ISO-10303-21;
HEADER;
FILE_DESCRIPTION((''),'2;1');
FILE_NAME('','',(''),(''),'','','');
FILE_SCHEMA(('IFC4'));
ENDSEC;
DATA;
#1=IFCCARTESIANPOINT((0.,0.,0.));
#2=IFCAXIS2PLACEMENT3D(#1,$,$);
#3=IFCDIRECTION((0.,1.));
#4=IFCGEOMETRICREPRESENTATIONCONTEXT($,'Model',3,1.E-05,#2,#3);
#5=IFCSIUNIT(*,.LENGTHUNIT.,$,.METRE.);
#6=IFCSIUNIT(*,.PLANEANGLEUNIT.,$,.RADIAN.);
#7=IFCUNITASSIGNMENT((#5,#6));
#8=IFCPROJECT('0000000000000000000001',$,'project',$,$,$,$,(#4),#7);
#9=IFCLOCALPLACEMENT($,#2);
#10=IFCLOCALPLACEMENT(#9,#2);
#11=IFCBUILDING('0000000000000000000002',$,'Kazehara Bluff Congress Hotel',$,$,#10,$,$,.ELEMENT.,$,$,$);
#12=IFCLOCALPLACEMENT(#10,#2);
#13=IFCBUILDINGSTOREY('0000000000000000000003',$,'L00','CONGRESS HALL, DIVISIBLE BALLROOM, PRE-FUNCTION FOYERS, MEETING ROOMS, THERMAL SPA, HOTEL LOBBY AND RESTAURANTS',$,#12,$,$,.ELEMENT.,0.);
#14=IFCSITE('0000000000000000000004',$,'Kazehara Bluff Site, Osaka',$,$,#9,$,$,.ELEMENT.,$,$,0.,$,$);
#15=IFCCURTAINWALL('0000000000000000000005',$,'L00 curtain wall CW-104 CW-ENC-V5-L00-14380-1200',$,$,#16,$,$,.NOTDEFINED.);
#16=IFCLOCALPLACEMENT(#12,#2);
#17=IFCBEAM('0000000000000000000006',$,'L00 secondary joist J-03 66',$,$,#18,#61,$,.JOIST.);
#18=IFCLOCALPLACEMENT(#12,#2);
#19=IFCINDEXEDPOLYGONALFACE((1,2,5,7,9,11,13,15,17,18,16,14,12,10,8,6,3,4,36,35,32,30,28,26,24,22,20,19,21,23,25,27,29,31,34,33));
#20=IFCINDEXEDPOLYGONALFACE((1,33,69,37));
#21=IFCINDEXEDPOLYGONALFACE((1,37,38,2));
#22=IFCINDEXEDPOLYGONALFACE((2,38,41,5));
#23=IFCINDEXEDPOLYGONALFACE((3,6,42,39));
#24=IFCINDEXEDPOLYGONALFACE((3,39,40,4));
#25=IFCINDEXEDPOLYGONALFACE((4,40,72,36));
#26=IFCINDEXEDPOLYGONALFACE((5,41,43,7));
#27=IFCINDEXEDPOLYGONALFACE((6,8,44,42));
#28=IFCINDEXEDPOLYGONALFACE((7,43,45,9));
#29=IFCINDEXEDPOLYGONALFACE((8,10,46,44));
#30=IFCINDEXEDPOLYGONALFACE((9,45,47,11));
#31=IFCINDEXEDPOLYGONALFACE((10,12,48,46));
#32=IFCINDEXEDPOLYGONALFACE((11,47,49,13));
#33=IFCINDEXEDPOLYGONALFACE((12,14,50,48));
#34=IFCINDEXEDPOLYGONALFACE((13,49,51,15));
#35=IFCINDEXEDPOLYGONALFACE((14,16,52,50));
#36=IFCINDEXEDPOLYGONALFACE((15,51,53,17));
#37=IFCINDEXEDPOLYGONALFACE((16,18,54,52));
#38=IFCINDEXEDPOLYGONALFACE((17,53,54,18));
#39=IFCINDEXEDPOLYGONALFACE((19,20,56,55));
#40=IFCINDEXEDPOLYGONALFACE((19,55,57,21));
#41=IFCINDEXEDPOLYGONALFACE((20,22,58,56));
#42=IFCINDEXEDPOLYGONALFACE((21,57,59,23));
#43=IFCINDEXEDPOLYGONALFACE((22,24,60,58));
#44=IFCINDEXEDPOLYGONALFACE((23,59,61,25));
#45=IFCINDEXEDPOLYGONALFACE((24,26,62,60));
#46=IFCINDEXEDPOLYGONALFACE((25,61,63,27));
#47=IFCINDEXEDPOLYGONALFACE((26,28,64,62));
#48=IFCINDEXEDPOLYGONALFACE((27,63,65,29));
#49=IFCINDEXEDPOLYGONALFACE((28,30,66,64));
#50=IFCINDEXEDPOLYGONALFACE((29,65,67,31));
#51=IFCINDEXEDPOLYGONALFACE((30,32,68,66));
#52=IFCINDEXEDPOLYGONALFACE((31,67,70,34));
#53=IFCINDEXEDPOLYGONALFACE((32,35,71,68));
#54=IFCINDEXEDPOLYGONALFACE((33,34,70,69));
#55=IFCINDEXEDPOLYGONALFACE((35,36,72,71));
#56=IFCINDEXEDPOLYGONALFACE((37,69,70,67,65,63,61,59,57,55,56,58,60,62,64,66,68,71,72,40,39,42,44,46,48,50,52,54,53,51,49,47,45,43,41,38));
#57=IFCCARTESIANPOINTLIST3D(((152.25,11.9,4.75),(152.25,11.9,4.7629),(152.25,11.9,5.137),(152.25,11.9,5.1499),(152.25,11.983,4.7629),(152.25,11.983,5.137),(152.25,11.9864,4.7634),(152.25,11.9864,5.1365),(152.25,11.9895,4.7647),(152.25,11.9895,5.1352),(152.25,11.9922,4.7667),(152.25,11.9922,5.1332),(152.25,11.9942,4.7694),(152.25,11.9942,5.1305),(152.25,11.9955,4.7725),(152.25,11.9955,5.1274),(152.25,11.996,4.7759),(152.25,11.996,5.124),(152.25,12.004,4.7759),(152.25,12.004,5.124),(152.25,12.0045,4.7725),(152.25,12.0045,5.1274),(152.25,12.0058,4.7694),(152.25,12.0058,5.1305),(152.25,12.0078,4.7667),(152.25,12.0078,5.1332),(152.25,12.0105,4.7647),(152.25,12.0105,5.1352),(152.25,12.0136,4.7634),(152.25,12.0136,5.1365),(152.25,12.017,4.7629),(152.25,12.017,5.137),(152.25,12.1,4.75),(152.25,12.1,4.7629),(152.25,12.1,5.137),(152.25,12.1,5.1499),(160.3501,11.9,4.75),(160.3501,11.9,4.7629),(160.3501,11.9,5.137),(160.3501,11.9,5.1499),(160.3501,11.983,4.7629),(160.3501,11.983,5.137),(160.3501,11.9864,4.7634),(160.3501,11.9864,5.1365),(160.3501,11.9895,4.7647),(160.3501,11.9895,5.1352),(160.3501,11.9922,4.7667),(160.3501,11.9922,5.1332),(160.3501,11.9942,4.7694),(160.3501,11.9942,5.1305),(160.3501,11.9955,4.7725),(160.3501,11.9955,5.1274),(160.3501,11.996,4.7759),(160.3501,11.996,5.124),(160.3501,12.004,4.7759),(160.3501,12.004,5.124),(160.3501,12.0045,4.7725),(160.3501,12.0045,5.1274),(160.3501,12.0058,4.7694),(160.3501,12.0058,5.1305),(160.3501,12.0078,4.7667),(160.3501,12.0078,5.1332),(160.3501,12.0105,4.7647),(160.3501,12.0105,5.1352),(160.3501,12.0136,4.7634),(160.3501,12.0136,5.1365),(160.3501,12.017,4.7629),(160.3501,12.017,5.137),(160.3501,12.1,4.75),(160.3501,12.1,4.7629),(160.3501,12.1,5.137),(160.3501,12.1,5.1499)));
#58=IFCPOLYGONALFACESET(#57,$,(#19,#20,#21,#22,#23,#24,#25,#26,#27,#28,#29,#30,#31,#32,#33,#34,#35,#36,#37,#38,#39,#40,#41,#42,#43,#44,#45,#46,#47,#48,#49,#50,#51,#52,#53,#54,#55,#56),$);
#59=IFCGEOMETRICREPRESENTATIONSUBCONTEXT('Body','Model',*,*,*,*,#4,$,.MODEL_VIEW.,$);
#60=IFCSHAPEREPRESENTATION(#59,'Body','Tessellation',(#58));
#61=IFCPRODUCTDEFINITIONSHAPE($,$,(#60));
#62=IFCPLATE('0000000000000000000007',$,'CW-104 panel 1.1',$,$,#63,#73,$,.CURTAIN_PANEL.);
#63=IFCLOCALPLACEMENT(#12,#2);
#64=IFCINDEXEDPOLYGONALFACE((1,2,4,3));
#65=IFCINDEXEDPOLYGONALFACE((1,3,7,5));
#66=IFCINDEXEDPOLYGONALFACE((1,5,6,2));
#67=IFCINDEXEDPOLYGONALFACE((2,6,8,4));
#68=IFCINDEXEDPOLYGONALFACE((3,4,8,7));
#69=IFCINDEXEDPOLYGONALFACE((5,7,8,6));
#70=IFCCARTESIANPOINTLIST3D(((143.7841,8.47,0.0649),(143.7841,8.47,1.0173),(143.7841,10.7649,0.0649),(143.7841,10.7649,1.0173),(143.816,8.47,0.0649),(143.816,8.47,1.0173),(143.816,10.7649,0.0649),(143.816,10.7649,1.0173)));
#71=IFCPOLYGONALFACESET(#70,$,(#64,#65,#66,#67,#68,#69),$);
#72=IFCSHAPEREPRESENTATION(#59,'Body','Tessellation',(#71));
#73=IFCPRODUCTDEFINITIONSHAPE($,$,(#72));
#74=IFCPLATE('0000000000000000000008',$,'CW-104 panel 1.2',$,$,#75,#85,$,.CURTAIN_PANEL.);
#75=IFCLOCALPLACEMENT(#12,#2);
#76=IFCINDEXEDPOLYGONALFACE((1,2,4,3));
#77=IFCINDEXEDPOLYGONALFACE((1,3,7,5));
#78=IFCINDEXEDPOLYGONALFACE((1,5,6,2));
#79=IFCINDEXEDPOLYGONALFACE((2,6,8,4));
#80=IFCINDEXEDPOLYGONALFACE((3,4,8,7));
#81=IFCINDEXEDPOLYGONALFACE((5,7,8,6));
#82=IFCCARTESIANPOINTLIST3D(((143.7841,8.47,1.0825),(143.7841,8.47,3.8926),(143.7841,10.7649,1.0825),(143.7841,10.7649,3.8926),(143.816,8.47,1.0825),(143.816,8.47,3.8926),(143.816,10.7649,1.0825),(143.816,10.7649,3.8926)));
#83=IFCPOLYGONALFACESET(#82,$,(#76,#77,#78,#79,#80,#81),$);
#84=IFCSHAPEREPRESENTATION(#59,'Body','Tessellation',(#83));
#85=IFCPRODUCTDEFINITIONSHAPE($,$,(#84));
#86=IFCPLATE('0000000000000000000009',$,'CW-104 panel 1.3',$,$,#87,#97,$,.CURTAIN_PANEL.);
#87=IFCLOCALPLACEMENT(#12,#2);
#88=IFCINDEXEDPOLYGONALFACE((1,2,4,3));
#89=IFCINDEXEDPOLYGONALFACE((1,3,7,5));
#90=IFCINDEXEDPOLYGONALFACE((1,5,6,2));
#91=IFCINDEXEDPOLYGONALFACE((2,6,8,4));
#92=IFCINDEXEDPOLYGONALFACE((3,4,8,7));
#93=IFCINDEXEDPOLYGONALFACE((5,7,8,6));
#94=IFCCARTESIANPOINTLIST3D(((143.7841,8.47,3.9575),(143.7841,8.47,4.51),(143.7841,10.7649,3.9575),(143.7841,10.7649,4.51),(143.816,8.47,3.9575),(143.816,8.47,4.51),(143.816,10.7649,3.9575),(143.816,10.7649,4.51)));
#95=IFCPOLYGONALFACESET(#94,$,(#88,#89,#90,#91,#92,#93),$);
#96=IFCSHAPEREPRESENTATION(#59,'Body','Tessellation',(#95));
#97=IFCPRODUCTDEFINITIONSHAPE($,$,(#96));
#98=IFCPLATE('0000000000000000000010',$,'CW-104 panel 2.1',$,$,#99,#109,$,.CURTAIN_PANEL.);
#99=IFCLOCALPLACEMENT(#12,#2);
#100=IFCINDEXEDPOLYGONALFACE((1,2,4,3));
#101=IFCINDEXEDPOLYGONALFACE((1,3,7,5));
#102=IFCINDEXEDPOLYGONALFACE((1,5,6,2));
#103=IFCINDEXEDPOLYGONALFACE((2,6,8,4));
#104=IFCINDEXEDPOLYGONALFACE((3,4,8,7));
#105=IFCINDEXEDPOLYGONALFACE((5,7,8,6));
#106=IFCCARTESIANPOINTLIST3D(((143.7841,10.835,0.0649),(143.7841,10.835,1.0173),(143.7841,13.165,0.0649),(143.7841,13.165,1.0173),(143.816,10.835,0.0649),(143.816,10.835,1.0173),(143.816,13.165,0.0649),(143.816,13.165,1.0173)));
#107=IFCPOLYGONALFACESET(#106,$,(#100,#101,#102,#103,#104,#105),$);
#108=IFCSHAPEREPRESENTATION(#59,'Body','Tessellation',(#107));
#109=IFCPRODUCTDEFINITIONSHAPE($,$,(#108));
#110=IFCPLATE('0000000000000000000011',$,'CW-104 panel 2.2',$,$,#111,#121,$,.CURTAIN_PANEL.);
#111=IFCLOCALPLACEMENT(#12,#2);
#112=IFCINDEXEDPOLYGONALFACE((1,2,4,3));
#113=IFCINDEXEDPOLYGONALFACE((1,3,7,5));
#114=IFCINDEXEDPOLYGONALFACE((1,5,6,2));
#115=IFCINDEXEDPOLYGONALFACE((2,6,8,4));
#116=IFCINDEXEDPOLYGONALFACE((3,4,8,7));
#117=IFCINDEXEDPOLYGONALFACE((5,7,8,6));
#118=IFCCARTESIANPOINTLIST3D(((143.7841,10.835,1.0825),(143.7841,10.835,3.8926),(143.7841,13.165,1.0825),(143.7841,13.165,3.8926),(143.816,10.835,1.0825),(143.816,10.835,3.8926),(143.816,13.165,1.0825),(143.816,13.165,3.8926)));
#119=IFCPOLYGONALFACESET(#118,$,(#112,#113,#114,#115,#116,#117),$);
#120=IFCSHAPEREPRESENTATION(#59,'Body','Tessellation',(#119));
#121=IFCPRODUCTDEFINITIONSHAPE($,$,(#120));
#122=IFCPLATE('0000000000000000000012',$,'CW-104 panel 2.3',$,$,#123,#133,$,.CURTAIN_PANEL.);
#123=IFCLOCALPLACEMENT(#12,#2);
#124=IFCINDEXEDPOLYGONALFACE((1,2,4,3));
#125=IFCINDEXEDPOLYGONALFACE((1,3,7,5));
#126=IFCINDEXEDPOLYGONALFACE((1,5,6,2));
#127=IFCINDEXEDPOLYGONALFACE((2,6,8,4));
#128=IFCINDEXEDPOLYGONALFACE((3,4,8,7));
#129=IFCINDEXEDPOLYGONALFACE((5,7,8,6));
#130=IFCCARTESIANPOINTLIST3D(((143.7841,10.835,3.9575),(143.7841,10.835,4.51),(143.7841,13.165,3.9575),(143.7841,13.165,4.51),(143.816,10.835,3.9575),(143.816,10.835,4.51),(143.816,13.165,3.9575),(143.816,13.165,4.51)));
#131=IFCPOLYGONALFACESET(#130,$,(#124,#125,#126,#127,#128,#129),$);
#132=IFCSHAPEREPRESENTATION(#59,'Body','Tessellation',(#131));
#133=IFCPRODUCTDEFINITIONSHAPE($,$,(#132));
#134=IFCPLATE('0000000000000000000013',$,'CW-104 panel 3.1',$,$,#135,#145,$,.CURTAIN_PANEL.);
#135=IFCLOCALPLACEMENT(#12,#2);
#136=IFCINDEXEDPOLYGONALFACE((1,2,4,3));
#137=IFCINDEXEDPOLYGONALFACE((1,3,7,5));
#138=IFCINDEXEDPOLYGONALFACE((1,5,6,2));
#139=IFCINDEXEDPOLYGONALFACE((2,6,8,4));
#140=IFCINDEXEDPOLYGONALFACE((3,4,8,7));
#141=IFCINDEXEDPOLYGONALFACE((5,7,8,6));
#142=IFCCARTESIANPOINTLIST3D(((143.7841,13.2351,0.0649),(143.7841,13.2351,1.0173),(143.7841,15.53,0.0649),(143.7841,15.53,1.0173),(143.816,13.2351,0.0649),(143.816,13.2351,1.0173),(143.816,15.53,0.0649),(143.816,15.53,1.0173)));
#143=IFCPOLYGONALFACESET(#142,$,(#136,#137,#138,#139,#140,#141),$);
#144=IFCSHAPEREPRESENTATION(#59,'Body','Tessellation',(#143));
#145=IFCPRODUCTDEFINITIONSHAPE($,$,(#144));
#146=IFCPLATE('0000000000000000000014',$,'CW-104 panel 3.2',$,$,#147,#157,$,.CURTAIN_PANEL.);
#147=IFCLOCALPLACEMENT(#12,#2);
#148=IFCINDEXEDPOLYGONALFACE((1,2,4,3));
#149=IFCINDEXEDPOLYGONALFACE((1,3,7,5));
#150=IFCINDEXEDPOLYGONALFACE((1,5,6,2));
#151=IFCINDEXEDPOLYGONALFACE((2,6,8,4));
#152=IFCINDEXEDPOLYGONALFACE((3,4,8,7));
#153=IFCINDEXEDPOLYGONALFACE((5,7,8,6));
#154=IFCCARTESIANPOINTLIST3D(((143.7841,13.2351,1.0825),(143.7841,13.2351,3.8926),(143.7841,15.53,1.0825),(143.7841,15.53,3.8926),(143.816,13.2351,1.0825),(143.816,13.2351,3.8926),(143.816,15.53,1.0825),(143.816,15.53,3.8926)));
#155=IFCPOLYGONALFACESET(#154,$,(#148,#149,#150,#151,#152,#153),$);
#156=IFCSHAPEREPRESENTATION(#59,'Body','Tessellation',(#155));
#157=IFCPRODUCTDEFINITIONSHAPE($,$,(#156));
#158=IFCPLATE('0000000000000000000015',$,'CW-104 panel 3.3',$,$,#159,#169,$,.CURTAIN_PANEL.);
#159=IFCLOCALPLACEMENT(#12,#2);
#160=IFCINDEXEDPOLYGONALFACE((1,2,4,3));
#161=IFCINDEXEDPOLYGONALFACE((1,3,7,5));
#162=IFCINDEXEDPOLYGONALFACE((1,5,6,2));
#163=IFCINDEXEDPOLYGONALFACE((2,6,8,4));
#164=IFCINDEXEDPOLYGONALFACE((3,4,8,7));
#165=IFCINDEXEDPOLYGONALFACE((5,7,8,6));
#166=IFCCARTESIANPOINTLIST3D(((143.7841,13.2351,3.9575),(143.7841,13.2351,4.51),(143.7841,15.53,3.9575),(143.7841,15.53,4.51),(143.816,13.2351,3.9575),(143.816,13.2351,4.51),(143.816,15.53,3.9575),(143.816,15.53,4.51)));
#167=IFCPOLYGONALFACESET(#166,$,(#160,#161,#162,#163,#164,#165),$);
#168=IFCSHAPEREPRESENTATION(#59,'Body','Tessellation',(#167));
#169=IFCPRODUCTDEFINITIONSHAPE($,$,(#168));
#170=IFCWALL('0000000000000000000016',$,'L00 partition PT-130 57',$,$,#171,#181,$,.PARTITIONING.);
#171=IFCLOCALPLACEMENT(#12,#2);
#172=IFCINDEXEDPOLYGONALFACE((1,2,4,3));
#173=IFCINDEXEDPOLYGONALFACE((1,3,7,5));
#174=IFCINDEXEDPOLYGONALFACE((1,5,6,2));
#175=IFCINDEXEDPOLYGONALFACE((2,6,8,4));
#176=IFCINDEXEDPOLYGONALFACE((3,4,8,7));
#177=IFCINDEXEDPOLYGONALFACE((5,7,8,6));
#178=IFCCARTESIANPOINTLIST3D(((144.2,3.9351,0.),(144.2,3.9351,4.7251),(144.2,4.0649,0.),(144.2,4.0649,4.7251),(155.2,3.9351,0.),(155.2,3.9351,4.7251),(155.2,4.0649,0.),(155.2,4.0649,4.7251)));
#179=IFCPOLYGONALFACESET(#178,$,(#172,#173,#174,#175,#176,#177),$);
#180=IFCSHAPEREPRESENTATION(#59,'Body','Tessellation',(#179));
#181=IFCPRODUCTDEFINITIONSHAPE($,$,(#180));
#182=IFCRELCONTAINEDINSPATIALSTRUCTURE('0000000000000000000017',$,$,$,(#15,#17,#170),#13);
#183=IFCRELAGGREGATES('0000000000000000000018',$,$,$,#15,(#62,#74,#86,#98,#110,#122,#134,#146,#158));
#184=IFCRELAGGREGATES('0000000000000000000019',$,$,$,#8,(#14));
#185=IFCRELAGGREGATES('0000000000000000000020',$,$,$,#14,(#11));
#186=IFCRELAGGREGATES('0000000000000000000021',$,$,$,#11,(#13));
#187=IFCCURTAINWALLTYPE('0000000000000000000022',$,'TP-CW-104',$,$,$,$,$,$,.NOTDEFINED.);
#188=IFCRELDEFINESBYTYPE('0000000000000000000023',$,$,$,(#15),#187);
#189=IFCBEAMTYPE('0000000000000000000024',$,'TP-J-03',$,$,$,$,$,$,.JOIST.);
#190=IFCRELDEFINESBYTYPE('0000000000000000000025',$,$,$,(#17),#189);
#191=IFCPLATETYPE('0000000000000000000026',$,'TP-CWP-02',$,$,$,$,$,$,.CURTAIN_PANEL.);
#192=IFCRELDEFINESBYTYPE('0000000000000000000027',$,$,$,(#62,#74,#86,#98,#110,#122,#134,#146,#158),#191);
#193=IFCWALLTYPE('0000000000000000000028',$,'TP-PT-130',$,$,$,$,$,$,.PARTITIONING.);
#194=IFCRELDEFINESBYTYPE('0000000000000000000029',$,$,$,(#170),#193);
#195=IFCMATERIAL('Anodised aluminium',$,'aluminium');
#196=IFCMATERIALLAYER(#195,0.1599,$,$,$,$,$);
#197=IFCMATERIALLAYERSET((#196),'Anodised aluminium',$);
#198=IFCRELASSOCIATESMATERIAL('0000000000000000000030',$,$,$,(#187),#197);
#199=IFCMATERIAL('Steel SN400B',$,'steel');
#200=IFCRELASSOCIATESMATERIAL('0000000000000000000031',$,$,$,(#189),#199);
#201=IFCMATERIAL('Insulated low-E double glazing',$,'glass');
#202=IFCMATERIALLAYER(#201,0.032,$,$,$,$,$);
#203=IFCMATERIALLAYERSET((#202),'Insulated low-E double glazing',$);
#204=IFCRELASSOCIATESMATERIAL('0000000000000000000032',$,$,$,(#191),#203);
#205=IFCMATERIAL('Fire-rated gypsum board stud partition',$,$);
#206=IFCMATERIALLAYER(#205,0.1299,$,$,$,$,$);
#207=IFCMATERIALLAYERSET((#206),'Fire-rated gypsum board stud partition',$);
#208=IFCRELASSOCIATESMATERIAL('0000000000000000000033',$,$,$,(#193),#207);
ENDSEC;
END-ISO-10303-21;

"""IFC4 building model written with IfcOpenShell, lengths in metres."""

from ifc_helpers import new_model, si_unit, direction, frame, frame_2d, origin, origin_2d, place, context, subcontext, project, spatial, rectangle, i_section, extrude, material, layer, layer_set, material_profile, profile_set, type_object, element, aggregate, save


model = new_model("IFC4")

# Units and contexts
model_context = context("Model", 3, precision=1e-05, world=origin(), true_north=direction((0.0, 1.0)))
body_context = subcontext(model_context, "Body", "Model", "MODEL_VIEW")
ifc_project = project(units=[si_unit("LENGTHUNIT", "METRE"), si_unit("PLANEANGLEUNIT", "RADIAN")], contexts=[model_context])

# Site, building, storey
site_placement = place(None, origin())
site = spatial("IfcSite", under=ifc_project, at=site_placement, Name="Kazehara Bluff Site, Osaka", CompositionType="ELEMENT", RefElevation=0.0)
building_placement = place(site_placement, origin())
building = spatial("IfcBuilding", under=site, at=building_placement, Name="Kazehara Bluff Congress Hotel", CompositionType="ELEMENT")
storey_placement = place(building_placement, origin())
storey = spatial("IfcBuildingStorey", under=building, at=storey_placement, Name="L00", Description="CONGRESS HALL, DIVISIBLE BALLROOM, PRE-FUNCTION FOYERS, MEETING ROOMS, THERMAL SPA, HOTEL LOBBY AND RESTAURANTS", CompositionType="ELEMENT", Elevation=0.0)

# Curtain wall
ifc_material_1 = material(Name="Anodised aluminium", Category="aluminium")
ifc_layer_1 = layer(ifc_material_1, 0.1599)
ifc_layer_set_1 = layer_set([ifc_layer_1], Name="Anodised aluminium")
curtain_wall_type = type_object("IfcCurtainWallType", Name="TP-CW-104", PredefinedType="NOTDEFINED", material=ifc_layer_set_1)
curtain_wall_placement = place(storey_placement, origin())
curtain_wall = element("IfcCurtainWall", 1, at=curtain_wall_placement, inside=storey, type_object=curtain_wall_type, Name="L00 curtain wall CW-104 CW-ENC-V5-L00-14380-1200", PredefinedType="NOTDEFINED")

# Beam
ifc_material_2 = material(Name="Steel SN400B", Category="steel")
ifc_material_profile_1 = material_profile(ifc_material_2, i_section(OverallWidth=0.2, OverallDepth=0.3999, WebThickness=0.0081, FlangeThickness=0.0129, FilletRadius=0.0129, at=origin_2d()))
ifc_profile_set_1 = profile_set([ifc_material_profile_1], Name="Steel SN400B")
beam_type_1 = type_object("IfcBeamType", Name="TP-J-03", PredefinedType="JOIST", material=ifc_profile_set_1)
for number, where, z_axis, x_axis, name in (
    (2, (152.25, 12.0, 4.95), (1.0, 0.0, 0.0), (0.0, 1.0, 0.0), "L00 secondary joist J-03 66"),
):
    element("IfcBeam", number, at=place(storey_placement, frame(where, z_axis=z_axis, x_axis=x_axis)), inside=storey, type_object=beam_type_1, Name=name, PredefinedType="JOIST", context=body_context, shape_type="SweptSolid", body=[
        extrude(i_section(OverallWidth=0.2, OverallDepth=0.3999, WebThickness=0.0081, FlangeThickness=0.0129, FilletRadius=0.0129, at=origin_2d()), origin(), (0.0, 0.0, 1.0), 8.1001),
    ])

# Plates
ifc_material_3 = material(Name="Insulated low-E double glazing", Category="glass")
ifc_layer_2 = layer(ifc_material_3, 0.032)
ifc_layer_set_2 = layer_set([ifc_layer_2], Name="Insulated low-E double glazing")
plate_type = type_object("IfcPlateType", Name="TP-CWP-02", PredefinedType="CURTAIN_PANEL", material=ifc_layer_set_2)
plate_1_placement = place(storey_placement, frame((143.8, 9.6174, 0.0649), z_axis=(0.0, 0.0, 1.0), x_axis=(0.0, 1.0, 0.0)))
plate_1 = element("IfcPlate", 3, at=plate_1_placement, type_object=plate_type, Name="CW-104 panel 1.1", PredefinedType="CURTAIN_PANEL", context=body_context, shape_type="SweptSolid", body=[
    extrude(rectangle(XDim=2.2949, YDim=0.032, at=origin_2d()), origin(), (0.0, 0.0, 1.0), 0.9524),
])
plate_2_placement = place(storey_placement, frame((143.8, 9.6174, 1.0825), z_axis=(0.0, 0.0, 1.0), x_axis=(0.0, 1.0, 0.0)))
plate_2 = element("IfcPlate", 4, at=plate_2_placement, type_object=plate_type, Name="CW-104 panel 1.2", PredefinedType="CURTAIN_PANEL", context=body_context, shape_type="SweptSolid", body=[
    extrude(rectangle(XDim=2.2949, YDim=0.032, at=origin_2d()), origin(), (0.0, 0.0, 1.0), 2.8101),
])
plate_3_placement = place(storey_placement, frame((143.8, 9.6174, 3.9575), z_axis=(0.0, 0.0, 1.0), x_axis=(0.0, 1.0, 0.0)))
plate_3 = element("IfcPlate", 5, at=plate_3_placement, type_object=plate_type, Name="CW-104 panel 1.3", PredefinedType="CURTAIN_PANEL", context=body_context, shape_type="SweptSolid", body=[
    extrude(rectangle(XDim=2.2949, YDim=0.032, at=origin_2d()), origin(), (0.0, 0.0, 1.0), 0.5525),
])
plate_4_placement = place(storey_placement, frame((143.8, 12.0, 0.0649), z_axis=(0.0, 0.0, 1.0), x_axis=(0.0, 1.0, 0.0)))
plate_4 = element("IfcPlate", 6, at=plate_4_placement, type_object=plate_type, Name="CW-104 panel 2.1", PredefinedType="CURTAIN_PANEL", context=body_context, shape_type="SweptSolid", body=[
    extrude(rectangle(XDim=2.3301, YDim=0.032, at=origin_2d()), origin(), (0.0, 0.0, 1.0), 0.9524),
])
plate_5_placement = place(storey_placement, frame((143.8, 12.0, 1.0825), z_axis=(0.0, 0.0, 1.0), x_axis=(0.0, 1.0, 0.0)))
plate_5 = element("IfcPlate", 7, at=plate_5_placement, type_object=plate_type, Name="CW-104 panel 2.2", PredefinedType="CURTAIN_PANEL", context=body_context, shape_type="SweptSolid", body=[
    extrude(rectangle(XDim=2.3301, YDim=0.032, at=origin_2d()), origin(), (0.0, 0.0, 1.0), 2.8101),
])
plate_6_placement = place(storey_placement, frame((143.8, 12.0, 3.9575), z_axis=(0.0, 0.0, 1.0), x_axis=(0.0, 1.0, 0.0)))
plate_6 = element("IfcPlate", 8, at=plate_6_placement, type_object=plate_type, Name="CW-104 panel 2.3", PredefinedType="CURTAIN_PANEL", context=body_context, shape_type="SweptSolid", body=[
    extrude(rectangle(XDim=2.3301, YDim=0.032, at=origin_2d()), origin(), (0.0, 0.0, 1.0), 0.5525),
])
plate_7_placement = place(storey_placement, frame((143.8, 14.3826, 0.0649), z_axis=(0.0, 0.0, 1.0), x_axis=(0.0, 1.0, 0.0)))
plate_7 = element("IfcPlate", 9, at=plate_7_placement, type_object=plate_type, Name="CW-104 panel 3.1", PredefinedType="CURTAIN_PANEL", context=body_context, shape_type="SweptSolid", body=[
    extrude(rectangle(XDim=2.2949, YDim=0.032, at=origin_2d()), origin(), (0.0, 0.0, 1.0), 0.9524),
])
plate_8_placement = place(storey_placement, frame((143.8, 14.3826, 1.0825), z_axis=(0.0, 0.0, 1.0), x_axis=(0.0, 1.0, 0.0)))
plate_8 = element("IfcPlate", 10, at=plate_8_placement, type_object=plate_type, Name="CW-104 panel 3.2", PredefinedType="CURTAIN_PANEL", context=body_context, shape_type="SweptSolid", body=[
    extrude(rectangle(XDim=2.2949, YDim=0.032, at=origin_2d()), origin(), (0.0, 0.0, 1.0), 2.8101),
])
plate_9_placement = place(storey_placement, frame((143.8, 14.3826, 3.9575), z_axis=(0.0, 0.0, 1.0), x_axis=(0.0, 1.0, 0.0)))
plate_9 = element("IfcPlate", 11, at=plate_9_placement, type_object=plate_type, Name="CW-104 panel 3.3", PredefinedType="CURTAIN_PANEL", context=body_context, shape_type="SweptSolid", body=[
    extrude(rectangle(XDim=2.2949, YDim=0.032, at=origin_2d()), origin(), (0.0, 0.0, 1.0), 0.5525),
])
aggregate(curtain_wall, [plate_1, plate_2, plate_3, plate_4, plate_5, plate_6, plate_7, plate_8, plate_9])

# Wall
ifc_material_4 = material(Name="Fire-rated gypsum board stud partition")
ifc_layer_3 = layer(ifc_material_4, 0.1299)
ifc_layer_set_3 = layer_set([ifc_layer_3], Name="Fire-rated gypsum board stud partition")
wall_type = type_object("IfcWallType", Name="TP-PT-130", PredefinedType="PARTITIONING", material=ifc_layer_set_3)
wall_placement = place(storey_placement, frame((144.2, 4.0, 0.0), z_axis=(0.0, 0.0, 1.0), x_axis=(1.0, 0.0, 0.0)))
element("IfcWall", 12, at=wall_placement, inside=storey, type_object=wall_type, Name="L00 partition PT-130 57", PredefinedType="PARTITIONING", context=body_context, shape_type="SweptSolid", body=[
    extrude(rectangle(XDim=11.0, YDim=0.1299, at=frame_2d((5.5, 0.0))), origin(), (0.0, 0.0, 1.0), 4.7251),
])

save(model, "model.ifc")
